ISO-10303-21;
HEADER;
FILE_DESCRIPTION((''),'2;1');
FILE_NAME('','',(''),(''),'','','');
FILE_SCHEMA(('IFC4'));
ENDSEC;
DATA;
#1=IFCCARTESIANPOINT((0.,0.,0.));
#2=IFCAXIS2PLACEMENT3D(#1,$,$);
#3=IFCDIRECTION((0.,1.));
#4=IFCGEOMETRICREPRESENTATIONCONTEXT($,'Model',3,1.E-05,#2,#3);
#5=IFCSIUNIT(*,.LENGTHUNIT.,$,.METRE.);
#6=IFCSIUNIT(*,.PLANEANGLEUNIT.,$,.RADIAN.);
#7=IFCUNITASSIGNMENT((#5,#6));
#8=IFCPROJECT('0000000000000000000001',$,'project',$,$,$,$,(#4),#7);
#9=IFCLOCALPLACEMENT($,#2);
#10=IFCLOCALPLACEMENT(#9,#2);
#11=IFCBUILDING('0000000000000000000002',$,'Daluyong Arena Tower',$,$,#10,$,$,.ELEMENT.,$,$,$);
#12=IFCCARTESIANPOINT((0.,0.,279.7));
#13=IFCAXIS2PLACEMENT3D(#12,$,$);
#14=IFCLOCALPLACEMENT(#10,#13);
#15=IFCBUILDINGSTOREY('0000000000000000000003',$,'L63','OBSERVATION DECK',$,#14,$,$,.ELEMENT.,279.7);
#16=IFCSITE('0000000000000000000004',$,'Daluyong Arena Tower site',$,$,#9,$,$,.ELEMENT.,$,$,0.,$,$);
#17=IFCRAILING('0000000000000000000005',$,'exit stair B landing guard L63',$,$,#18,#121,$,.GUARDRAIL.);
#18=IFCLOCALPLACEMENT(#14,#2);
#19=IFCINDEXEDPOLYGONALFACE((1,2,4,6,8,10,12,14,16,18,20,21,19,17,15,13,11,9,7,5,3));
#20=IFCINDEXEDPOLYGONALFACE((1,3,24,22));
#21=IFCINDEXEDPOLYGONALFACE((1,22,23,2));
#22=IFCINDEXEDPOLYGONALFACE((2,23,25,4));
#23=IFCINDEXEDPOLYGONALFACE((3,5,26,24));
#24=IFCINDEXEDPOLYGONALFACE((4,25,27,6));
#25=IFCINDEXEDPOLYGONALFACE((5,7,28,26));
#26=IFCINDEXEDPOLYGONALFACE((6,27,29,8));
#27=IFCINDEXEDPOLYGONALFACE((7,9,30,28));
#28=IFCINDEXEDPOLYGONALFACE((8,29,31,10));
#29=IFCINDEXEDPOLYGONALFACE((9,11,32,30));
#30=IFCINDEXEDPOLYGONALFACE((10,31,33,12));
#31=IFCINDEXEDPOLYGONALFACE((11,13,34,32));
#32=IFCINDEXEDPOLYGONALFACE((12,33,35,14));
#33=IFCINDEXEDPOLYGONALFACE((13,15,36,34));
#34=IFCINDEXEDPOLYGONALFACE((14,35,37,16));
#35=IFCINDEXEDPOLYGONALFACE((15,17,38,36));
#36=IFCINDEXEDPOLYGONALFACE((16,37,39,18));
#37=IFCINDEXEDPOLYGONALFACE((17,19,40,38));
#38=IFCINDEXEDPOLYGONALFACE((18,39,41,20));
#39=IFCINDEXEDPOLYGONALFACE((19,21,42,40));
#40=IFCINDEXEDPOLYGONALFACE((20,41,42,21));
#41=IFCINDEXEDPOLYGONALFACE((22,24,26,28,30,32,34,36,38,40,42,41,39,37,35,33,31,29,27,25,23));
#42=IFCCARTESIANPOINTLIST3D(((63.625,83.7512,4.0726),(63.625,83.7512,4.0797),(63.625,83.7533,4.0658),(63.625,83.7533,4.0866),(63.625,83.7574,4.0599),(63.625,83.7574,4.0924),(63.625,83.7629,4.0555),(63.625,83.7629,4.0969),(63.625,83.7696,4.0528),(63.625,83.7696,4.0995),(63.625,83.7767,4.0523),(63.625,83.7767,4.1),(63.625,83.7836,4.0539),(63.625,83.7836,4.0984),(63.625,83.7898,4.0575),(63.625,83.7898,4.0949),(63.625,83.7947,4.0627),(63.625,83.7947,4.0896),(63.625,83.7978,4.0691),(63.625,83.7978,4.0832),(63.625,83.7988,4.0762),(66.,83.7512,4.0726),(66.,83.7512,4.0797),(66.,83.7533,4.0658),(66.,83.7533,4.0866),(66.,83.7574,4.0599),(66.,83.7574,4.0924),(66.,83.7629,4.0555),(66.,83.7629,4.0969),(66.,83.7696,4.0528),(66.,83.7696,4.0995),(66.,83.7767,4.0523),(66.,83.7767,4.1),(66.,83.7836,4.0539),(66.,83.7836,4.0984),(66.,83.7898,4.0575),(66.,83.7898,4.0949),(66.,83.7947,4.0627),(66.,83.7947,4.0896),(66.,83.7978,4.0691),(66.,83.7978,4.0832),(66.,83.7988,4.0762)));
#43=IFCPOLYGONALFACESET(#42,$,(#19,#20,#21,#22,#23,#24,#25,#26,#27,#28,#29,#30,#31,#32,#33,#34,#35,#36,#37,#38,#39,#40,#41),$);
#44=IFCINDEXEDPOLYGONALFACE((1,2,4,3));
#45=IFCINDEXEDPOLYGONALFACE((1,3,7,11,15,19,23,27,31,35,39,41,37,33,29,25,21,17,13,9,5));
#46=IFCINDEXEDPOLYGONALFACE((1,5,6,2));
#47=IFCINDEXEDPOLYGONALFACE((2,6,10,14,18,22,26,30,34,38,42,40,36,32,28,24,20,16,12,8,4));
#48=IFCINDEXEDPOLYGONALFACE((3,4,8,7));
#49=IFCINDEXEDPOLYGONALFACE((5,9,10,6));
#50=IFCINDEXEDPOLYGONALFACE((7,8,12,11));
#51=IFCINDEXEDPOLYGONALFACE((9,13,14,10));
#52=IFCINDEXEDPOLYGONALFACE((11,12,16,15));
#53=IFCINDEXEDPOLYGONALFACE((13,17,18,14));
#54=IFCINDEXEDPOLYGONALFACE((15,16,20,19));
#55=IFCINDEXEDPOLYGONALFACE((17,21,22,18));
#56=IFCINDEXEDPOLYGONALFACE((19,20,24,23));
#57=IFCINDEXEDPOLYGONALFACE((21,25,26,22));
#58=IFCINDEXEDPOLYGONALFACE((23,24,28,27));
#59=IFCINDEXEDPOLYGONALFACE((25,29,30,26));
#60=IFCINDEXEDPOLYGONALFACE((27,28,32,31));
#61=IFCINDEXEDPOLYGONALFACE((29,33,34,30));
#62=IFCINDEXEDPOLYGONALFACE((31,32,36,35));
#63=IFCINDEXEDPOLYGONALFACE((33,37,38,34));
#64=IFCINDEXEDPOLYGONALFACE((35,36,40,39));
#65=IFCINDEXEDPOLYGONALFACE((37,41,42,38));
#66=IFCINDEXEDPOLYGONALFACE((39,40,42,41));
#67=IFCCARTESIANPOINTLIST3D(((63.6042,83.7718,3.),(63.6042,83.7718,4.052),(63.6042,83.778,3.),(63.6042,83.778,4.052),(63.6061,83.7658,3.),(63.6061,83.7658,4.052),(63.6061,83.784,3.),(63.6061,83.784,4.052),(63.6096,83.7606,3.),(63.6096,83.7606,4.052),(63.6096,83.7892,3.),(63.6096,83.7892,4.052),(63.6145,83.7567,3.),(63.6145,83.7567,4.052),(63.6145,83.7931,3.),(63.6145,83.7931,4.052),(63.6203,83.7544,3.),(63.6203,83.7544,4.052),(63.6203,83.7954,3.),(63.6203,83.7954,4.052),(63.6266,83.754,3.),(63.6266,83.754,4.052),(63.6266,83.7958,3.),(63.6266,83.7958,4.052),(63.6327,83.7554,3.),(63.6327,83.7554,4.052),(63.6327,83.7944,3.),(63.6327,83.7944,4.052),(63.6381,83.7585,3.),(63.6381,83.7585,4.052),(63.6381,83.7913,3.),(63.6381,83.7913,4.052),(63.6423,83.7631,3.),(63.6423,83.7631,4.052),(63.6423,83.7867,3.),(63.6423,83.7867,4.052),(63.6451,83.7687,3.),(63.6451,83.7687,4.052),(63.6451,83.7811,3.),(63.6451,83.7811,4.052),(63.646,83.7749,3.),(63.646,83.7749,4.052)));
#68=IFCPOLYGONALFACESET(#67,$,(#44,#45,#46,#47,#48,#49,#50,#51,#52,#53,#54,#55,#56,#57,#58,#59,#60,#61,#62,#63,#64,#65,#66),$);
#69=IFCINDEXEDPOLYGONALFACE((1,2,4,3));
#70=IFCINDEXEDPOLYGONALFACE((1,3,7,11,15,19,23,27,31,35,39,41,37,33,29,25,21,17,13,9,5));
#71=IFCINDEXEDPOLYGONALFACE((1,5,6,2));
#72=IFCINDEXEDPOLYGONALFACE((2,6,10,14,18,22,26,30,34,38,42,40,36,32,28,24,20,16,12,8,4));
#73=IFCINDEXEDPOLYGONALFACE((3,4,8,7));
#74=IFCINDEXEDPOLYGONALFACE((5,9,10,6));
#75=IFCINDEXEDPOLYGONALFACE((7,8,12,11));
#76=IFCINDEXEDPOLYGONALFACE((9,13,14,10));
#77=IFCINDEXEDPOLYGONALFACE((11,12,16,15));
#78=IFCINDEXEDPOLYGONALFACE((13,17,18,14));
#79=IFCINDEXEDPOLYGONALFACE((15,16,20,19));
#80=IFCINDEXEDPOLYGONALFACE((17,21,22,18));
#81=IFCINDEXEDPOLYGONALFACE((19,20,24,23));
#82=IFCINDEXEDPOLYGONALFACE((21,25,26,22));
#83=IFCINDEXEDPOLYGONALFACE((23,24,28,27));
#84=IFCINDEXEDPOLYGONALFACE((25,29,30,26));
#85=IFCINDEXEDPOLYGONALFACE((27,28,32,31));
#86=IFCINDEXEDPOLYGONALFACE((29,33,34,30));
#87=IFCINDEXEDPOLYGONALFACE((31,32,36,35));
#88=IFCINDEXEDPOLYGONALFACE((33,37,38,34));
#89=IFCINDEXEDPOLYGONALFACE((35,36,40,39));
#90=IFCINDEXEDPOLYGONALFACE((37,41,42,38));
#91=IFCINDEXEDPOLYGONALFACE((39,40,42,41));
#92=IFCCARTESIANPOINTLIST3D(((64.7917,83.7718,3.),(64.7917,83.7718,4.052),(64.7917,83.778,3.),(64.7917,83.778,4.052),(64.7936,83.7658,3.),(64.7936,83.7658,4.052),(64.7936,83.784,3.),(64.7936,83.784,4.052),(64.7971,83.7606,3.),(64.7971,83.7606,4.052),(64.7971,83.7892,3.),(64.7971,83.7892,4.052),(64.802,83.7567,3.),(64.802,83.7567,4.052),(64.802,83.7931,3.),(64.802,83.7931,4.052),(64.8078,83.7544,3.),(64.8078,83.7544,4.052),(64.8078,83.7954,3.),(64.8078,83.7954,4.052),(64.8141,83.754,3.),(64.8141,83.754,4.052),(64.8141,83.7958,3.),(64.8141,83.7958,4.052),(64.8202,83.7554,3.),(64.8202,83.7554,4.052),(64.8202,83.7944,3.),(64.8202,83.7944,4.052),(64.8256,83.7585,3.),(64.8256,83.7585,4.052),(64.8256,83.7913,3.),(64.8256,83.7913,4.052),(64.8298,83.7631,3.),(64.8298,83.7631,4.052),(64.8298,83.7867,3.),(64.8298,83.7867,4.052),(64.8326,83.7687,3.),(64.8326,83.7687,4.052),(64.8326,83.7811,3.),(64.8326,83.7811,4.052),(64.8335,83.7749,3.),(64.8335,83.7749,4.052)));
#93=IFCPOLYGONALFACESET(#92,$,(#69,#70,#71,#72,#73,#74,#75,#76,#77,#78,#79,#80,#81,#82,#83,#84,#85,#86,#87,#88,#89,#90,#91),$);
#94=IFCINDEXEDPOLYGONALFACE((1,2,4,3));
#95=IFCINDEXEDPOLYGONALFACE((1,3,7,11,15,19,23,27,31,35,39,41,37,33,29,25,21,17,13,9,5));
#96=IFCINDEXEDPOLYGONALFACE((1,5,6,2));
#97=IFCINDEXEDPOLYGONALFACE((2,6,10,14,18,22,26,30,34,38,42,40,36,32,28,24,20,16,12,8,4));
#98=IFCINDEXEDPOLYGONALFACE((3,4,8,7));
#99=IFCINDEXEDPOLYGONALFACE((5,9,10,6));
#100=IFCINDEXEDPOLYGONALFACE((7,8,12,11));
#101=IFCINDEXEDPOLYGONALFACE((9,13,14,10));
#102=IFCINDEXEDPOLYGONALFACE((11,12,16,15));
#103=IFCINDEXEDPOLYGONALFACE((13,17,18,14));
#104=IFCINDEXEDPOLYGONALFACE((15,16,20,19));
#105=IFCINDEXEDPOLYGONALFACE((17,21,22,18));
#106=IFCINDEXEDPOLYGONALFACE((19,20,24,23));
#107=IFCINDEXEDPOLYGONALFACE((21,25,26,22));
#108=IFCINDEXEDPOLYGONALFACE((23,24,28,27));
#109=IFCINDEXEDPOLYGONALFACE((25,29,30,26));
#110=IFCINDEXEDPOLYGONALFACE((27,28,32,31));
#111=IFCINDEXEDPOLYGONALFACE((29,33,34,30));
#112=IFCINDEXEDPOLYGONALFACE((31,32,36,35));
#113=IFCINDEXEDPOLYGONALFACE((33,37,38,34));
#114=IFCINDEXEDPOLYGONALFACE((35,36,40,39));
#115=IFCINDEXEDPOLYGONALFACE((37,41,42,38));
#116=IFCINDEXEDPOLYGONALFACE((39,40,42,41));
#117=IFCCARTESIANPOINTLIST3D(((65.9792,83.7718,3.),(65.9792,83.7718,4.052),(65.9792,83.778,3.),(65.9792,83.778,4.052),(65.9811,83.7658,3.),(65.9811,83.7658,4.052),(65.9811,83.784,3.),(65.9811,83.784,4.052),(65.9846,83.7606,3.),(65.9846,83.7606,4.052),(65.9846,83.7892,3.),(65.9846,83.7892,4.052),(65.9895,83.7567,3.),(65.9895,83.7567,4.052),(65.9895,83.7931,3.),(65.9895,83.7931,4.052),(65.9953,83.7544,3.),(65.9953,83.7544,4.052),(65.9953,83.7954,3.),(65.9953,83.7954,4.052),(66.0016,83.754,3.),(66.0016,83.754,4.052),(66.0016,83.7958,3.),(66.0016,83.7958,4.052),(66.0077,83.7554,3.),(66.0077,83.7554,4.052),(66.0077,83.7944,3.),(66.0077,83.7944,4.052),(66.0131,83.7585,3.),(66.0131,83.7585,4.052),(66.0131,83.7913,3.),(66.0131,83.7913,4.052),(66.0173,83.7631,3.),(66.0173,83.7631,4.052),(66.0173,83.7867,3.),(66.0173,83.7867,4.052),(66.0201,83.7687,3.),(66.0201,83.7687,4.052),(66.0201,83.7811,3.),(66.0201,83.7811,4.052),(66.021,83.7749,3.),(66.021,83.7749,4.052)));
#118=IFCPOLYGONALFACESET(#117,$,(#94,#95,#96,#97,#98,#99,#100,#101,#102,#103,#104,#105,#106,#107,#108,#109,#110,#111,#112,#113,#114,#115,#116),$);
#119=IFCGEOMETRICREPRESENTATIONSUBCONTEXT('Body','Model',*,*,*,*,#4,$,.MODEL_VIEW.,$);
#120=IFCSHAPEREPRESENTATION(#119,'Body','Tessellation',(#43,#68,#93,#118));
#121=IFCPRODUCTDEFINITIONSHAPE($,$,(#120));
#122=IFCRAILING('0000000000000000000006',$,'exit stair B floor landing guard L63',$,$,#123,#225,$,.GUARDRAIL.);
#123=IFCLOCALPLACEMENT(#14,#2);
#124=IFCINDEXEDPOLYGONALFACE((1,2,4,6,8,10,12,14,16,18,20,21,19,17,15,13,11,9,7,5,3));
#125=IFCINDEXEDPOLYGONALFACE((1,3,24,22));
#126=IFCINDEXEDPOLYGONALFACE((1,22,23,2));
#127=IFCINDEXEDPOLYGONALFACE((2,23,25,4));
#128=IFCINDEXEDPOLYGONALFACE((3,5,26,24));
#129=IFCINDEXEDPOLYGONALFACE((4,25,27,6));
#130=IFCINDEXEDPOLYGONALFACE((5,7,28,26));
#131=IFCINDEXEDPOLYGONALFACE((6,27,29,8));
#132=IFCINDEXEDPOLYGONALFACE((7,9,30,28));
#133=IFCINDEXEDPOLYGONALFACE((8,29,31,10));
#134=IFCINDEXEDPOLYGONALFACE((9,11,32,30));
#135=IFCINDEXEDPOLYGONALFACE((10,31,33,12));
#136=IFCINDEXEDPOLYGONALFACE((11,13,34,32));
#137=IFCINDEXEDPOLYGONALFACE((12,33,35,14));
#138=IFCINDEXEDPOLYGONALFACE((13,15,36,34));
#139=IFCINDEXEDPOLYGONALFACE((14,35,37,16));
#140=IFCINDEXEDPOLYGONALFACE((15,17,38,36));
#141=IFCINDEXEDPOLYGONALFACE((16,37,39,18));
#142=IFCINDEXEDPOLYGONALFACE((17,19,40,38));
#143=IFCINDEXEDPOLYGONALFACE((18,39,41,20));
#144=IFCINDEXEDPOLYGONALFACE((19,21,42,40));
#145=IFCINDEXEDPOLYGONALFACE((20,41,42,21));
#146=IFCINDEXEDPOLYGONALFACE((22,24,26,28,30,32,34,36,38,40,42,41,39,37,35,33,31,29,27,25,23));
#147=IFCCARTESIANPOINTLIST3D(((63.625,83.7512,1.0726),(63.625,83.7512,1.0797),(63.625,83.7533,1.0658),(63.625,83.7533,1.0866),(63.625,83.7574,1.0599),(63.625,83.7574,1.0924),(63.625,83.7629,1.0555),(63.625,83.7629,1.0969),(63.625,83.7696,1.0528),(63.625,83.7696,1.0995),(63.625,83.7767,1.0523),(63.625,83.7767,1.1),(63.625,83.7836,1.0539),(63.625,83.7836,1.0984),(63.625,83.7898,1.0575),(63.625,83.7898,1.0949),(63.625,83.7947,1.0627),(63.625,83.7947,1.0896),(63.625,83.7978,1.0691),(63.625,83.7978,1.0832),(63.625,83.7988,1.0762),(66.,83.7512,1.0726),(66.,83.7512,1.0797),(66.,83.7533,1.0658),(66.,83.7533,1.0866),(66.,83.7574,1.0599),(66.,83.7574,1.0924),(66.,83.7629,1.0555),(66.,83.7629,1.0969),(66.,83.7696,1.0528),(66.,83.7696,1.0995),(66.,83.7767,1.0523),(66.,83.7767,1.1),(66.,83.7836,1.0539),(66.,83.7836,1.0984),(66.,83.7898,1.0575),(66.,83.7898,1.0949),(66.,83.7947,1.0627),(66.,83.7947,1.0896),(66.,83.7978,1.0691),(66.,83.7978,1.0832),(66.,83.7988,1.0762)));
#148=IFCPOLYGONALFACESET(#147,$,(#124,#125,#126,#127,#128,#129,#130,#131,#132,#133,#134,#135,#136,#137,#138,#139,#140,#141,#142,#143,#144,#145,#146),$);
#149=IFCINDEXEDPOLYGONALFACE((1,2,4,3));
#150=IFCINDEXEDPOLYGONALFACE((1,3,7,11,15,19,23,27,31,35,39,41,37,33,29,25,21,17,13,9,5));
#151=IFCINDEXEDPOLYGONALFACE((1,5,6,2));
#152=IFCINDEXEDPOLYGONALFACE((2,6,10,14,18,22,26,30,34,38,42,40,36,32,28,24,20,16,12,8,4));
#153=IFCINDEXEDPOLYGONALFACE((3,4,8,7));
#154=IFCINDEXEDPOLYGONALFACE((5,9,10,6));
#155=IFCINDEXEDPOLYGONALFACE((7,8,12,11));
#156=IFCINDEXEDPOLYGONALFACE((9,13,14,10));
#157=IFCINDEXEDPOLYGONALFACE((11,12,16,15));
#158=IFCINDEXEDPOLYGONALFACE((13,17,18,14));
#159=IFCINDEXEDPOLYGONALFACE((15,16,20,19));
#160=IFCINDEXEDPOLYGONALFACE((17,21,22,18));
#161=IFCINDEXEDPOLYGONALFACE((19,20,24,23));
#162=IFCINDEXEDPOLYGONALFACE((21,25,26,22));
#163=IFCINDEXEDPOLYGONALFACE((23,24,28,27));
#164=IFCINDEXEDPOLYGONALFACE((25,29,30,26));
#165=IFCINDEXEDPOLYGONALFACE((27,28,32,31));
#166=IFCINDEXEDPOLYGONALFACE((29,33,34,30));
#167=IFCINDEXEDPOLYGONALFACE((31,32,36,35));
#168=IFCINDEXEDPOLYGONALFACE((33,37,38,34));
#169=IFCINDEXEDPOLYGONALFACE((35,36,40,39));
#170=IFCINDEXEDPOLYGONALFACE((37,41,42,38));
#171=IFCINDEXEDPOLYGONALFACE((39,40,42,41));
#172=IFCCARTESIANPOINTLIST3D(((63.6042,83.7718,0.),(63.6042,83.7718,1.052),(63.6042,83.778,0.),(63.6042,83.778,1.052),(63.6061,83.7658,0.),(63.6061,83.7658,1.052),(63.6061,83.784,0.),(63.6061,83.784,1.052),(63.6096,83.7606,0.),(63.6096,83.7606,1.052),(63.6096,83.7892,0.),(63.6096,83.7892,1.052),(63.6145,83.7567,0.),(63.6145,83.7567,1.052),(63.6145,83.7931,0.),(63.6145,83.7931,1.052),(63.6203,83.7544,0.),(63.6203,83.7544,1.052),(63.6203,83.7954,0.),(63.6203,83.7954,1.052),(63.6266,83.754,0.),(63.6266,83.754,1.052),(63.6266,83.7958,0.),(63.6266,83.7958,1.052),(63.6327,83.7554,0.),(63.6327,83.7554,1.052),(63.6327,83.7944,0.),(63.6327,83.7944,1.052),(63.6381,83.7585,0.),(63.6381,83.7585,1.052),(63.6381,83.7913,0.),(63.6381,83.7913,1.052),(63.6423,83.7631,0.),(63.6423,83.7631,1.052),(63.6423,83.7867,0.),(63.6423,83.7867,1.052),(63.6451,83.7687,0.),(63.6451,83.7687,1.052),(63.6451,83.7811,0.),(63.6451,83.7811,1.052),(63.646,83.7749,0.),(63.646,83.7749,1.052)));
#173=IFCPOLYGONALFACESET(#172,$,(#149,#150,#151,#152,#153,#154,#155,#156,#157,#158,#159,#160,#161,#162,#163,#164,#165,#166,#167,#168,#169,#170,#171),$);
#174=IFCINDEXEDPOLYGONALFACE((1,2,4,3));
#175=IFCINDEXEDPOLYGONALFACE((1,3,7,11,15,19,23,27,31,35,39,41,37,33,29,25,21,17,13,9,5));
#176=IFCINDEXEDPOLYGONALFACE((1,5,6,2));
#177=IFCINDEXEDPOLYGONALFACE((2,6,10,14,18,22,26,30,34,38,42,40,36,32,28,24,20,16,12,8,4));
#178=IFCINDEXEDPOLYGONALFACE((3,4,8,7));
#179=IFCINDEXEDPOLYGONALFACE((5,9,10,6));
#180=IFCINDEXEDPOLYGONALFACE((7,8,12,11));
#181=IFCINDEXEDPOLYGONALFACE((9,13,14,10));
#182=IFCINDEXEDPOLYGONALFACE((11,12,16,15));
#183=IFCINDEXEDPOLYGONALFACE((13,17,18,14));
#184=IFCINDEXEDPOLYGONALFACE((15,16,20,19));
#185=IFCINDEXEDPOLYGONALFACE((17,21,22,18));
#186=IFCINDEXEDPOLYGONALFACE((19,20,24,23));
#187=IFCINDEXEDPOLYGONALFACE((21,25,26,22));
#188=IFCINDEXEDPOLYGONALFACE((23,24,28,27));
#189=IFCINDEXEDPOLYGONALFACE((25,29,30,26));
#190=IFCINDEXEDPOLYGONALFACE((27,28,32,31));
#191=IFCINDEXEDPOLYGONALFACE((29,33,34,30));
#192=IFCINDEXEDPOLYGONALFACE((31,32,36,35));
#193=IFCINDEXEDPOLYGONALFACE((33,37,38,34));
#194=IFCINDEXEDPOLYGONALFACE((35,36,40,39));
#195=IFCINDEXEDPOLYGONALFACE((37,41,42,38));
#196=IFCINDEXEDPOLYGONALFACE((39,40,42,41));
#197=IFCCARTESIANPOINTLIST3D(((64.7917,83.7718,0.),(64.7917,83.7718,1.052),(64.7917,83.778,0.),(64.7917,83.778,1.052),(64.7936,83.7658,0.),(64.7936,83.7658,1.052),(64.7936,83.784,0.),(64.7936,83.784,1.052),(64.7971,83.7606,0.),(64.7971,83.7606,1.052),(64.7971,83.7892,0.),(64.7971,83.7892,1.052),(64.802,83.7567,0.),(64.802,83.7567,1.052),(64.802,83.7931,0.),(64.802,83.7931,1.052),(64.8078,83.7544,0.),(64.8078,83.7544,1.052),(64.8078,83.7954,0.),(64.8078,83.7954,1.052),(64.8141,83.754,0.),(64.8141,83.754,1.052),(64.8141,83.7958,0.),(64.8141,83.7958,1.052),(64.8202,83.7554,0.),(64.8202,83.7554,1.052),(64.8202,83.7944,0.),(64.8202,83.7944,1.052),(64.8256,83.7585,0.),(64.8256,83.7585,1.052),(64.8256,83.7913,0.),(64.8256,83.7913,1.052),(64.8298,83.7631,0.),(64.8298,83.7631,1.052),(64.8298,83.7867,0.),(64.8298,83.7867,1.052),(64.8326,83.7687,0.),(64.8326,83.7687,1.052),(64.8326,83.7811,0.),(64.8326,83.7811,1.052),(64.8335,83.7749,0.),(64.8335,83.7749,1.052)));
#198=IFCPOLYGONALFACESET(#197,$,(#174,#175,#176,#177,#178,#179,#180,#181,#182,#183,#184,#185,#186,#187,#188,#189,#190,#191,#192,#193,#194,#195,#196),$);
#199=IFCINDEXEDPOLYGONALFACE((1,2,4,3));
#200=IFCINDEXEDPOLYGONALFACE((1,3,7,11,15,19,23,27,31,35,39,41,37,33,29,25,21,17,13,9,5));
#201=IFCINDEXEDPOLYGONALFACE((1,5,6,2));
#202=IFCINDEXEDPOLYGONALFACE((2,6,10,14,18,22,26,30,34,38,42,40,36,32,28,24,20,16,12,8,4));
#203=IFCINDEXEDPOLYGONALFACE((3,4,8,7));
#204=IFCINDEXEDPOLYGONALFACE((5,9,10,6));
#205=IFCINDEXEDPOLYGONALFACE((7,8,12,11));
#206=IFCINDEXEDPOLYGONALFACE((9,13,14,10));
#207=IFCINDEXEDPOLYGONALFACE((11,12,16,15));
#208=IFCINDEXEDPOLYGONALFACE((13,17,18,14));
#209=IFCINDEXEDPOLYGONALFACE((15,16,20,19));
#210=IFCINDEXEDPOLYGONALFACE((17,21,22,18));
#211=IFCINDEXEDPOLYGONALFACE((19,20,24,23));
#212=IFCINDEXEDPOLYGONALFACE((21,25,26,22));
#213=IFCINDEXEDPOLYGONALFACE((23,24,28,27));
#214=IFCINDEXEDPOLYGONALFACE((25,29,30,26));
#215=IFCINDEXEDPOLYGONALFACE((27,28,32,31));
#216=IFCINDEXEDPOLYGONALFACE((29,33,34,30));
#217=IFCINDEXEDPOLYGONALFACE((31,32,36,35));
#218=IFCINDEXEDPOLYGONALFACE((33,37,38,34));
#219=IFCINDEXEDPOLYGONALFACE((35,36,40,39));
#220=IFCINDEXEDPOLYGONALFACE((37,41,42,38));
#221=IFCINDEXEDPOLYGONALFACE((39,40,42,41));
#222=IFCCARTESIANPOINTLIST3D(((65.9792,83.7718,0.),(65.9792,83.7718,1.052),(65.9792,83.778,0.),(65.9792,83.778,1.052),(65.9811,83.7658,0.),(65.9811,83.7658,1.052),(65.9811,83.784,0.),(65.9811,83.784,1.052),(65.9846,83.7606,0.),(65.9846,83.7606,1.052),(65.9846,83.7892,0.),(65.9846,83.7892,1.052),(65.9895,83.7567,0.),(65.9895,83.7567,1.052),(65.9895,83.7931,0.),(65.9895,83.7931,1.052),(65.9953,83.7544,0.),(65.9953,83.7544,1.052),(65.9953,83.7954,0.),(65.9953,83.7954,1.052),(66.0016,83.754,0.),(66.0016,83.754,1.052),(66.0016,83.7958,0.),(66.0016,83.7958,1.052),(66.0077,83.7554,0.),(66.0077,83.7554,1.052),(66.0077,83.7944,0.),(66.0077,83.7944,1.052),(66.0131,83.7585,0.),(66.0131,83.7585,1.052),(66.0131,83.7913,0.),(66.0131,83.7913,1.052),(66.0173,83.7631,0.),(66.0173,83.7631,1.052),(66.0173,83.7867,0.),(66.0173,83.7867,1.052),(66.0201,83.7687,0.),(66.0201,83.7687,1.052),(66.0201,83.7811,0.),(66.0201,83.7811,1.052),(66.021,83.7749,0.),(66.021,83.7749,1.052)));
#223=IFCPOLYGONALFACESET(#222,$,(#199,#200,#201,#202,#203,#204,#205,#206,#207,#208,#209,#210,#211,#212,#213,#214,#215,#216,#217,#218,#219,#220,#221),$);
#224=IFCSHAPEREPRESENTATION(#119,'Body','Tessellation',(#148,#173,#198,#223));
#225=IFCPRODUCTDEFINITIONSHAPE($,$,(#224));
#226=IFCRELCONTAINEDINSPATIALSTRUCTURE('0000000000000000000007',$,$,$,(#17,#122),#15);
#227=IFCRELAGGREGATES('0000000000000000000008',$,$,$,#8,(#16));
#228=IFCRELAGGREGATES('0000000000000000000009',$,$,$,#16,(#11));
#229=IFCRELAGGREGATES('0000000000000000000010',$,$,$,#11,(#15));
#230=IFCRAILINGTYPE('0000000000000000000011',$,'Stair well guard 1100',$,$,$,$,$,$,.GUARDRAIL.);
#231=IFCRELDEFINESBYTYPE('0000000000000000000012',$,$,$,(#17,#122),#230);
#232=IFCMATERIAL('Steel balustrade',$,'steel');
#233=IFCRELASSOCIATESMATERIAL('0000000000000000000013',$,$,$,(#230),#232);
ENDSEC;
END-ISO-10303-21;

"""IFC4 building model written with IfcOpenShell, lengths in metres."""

from ifc_helpers import new_model, si_unit, direction, frame, origin, origin_2d, place, context, subcontext, project, spatial, circle, extrude, material, type_object, element, save


model = new_model("IFC4")

# Units and contexts
model_context = context("Model", 3, precision=1e-05, world=origin(), true_north=direction((0.0, 1.0)))
body_context = subcontext(model_context, "Body", "Model", "MODEL_VIEW")
ifc_project = project(units=[si_unit("LENGTHUNIT", "METRE"), si_unit("PLANEANGLEUNIT", "RADIAN")], contexts=[model_context])

# Site, building, storey
site_placement = place(None, origin())
site = spatial("IfcSite", under=ifc_project, at=site_placement, Name="Daluyong Arena Tower site", CompositionType="ELEMENT", RefElevation=0.0)
building_placement = place(site_placement, origin())
building = spatial("IfcBuilding", under=site, at=building_placement, Name="Daluyong Arena Tower", CompositionType="ELEMENT")
storey_placement = place(building_placement, frame((0.0, 0.0, 279.7)))
storey = spatial("IfcBuildingStorey", under=building, at=storey_placement, Name="L63", Description="OBSERVATION DECK", CompositionType="ELEMENT", Elevation=279.7)

# Railings
ifc_material_1 = material(Name="Steel balustrade", Category="steel")
railing_type_1 = type_object("IfcRailingType", Name="Stair well guard 1100", PredefinedType="GUARDRAIL", material=ifc_material_1)
for number, where, name in (
    (1, (63.625, 83.7749, 3.0), "exit stair B landing guard L63"),
    (2, (63.625, 83.7749, 0.0), "exit stair B floor landing guard L63"),
):
    element("IfcRailing", number, at=place(storey_placement, frame(where)), inside=storey, type_object=railing_type_1, Name=name, PredefinedType="GUARDRAIL", context=body_context, shape_type="SweptSolid", body=[
        extrude(circle(Radius=0.0239, at=origin_2d()), frame((0.0, 0.0, 1.0762), z_axis=(1.0, 0.0, 0.0), x_axis=(0.0, 1.0, 0.0)), (0.0, 0.0, 1.0), 2.375),
        extrude(circle(Radius=0.021, at=origin_2d()), origin(), (0.0, 0.0, 1.0), 1.052),
        extrude(circle(Radius=0.021, at=origin_2d()), frame((1.1875, 0.0, 0.0)), (0.0, 0.0, 1.0), 1.052),
        extrude(circle(Radius=0.021, at=origin_2d()), frame((2.375, 0.0, 0.0)), (0.0, 0.0, 1.0), 1.052),
    ])

save(model, "model.ifc")
